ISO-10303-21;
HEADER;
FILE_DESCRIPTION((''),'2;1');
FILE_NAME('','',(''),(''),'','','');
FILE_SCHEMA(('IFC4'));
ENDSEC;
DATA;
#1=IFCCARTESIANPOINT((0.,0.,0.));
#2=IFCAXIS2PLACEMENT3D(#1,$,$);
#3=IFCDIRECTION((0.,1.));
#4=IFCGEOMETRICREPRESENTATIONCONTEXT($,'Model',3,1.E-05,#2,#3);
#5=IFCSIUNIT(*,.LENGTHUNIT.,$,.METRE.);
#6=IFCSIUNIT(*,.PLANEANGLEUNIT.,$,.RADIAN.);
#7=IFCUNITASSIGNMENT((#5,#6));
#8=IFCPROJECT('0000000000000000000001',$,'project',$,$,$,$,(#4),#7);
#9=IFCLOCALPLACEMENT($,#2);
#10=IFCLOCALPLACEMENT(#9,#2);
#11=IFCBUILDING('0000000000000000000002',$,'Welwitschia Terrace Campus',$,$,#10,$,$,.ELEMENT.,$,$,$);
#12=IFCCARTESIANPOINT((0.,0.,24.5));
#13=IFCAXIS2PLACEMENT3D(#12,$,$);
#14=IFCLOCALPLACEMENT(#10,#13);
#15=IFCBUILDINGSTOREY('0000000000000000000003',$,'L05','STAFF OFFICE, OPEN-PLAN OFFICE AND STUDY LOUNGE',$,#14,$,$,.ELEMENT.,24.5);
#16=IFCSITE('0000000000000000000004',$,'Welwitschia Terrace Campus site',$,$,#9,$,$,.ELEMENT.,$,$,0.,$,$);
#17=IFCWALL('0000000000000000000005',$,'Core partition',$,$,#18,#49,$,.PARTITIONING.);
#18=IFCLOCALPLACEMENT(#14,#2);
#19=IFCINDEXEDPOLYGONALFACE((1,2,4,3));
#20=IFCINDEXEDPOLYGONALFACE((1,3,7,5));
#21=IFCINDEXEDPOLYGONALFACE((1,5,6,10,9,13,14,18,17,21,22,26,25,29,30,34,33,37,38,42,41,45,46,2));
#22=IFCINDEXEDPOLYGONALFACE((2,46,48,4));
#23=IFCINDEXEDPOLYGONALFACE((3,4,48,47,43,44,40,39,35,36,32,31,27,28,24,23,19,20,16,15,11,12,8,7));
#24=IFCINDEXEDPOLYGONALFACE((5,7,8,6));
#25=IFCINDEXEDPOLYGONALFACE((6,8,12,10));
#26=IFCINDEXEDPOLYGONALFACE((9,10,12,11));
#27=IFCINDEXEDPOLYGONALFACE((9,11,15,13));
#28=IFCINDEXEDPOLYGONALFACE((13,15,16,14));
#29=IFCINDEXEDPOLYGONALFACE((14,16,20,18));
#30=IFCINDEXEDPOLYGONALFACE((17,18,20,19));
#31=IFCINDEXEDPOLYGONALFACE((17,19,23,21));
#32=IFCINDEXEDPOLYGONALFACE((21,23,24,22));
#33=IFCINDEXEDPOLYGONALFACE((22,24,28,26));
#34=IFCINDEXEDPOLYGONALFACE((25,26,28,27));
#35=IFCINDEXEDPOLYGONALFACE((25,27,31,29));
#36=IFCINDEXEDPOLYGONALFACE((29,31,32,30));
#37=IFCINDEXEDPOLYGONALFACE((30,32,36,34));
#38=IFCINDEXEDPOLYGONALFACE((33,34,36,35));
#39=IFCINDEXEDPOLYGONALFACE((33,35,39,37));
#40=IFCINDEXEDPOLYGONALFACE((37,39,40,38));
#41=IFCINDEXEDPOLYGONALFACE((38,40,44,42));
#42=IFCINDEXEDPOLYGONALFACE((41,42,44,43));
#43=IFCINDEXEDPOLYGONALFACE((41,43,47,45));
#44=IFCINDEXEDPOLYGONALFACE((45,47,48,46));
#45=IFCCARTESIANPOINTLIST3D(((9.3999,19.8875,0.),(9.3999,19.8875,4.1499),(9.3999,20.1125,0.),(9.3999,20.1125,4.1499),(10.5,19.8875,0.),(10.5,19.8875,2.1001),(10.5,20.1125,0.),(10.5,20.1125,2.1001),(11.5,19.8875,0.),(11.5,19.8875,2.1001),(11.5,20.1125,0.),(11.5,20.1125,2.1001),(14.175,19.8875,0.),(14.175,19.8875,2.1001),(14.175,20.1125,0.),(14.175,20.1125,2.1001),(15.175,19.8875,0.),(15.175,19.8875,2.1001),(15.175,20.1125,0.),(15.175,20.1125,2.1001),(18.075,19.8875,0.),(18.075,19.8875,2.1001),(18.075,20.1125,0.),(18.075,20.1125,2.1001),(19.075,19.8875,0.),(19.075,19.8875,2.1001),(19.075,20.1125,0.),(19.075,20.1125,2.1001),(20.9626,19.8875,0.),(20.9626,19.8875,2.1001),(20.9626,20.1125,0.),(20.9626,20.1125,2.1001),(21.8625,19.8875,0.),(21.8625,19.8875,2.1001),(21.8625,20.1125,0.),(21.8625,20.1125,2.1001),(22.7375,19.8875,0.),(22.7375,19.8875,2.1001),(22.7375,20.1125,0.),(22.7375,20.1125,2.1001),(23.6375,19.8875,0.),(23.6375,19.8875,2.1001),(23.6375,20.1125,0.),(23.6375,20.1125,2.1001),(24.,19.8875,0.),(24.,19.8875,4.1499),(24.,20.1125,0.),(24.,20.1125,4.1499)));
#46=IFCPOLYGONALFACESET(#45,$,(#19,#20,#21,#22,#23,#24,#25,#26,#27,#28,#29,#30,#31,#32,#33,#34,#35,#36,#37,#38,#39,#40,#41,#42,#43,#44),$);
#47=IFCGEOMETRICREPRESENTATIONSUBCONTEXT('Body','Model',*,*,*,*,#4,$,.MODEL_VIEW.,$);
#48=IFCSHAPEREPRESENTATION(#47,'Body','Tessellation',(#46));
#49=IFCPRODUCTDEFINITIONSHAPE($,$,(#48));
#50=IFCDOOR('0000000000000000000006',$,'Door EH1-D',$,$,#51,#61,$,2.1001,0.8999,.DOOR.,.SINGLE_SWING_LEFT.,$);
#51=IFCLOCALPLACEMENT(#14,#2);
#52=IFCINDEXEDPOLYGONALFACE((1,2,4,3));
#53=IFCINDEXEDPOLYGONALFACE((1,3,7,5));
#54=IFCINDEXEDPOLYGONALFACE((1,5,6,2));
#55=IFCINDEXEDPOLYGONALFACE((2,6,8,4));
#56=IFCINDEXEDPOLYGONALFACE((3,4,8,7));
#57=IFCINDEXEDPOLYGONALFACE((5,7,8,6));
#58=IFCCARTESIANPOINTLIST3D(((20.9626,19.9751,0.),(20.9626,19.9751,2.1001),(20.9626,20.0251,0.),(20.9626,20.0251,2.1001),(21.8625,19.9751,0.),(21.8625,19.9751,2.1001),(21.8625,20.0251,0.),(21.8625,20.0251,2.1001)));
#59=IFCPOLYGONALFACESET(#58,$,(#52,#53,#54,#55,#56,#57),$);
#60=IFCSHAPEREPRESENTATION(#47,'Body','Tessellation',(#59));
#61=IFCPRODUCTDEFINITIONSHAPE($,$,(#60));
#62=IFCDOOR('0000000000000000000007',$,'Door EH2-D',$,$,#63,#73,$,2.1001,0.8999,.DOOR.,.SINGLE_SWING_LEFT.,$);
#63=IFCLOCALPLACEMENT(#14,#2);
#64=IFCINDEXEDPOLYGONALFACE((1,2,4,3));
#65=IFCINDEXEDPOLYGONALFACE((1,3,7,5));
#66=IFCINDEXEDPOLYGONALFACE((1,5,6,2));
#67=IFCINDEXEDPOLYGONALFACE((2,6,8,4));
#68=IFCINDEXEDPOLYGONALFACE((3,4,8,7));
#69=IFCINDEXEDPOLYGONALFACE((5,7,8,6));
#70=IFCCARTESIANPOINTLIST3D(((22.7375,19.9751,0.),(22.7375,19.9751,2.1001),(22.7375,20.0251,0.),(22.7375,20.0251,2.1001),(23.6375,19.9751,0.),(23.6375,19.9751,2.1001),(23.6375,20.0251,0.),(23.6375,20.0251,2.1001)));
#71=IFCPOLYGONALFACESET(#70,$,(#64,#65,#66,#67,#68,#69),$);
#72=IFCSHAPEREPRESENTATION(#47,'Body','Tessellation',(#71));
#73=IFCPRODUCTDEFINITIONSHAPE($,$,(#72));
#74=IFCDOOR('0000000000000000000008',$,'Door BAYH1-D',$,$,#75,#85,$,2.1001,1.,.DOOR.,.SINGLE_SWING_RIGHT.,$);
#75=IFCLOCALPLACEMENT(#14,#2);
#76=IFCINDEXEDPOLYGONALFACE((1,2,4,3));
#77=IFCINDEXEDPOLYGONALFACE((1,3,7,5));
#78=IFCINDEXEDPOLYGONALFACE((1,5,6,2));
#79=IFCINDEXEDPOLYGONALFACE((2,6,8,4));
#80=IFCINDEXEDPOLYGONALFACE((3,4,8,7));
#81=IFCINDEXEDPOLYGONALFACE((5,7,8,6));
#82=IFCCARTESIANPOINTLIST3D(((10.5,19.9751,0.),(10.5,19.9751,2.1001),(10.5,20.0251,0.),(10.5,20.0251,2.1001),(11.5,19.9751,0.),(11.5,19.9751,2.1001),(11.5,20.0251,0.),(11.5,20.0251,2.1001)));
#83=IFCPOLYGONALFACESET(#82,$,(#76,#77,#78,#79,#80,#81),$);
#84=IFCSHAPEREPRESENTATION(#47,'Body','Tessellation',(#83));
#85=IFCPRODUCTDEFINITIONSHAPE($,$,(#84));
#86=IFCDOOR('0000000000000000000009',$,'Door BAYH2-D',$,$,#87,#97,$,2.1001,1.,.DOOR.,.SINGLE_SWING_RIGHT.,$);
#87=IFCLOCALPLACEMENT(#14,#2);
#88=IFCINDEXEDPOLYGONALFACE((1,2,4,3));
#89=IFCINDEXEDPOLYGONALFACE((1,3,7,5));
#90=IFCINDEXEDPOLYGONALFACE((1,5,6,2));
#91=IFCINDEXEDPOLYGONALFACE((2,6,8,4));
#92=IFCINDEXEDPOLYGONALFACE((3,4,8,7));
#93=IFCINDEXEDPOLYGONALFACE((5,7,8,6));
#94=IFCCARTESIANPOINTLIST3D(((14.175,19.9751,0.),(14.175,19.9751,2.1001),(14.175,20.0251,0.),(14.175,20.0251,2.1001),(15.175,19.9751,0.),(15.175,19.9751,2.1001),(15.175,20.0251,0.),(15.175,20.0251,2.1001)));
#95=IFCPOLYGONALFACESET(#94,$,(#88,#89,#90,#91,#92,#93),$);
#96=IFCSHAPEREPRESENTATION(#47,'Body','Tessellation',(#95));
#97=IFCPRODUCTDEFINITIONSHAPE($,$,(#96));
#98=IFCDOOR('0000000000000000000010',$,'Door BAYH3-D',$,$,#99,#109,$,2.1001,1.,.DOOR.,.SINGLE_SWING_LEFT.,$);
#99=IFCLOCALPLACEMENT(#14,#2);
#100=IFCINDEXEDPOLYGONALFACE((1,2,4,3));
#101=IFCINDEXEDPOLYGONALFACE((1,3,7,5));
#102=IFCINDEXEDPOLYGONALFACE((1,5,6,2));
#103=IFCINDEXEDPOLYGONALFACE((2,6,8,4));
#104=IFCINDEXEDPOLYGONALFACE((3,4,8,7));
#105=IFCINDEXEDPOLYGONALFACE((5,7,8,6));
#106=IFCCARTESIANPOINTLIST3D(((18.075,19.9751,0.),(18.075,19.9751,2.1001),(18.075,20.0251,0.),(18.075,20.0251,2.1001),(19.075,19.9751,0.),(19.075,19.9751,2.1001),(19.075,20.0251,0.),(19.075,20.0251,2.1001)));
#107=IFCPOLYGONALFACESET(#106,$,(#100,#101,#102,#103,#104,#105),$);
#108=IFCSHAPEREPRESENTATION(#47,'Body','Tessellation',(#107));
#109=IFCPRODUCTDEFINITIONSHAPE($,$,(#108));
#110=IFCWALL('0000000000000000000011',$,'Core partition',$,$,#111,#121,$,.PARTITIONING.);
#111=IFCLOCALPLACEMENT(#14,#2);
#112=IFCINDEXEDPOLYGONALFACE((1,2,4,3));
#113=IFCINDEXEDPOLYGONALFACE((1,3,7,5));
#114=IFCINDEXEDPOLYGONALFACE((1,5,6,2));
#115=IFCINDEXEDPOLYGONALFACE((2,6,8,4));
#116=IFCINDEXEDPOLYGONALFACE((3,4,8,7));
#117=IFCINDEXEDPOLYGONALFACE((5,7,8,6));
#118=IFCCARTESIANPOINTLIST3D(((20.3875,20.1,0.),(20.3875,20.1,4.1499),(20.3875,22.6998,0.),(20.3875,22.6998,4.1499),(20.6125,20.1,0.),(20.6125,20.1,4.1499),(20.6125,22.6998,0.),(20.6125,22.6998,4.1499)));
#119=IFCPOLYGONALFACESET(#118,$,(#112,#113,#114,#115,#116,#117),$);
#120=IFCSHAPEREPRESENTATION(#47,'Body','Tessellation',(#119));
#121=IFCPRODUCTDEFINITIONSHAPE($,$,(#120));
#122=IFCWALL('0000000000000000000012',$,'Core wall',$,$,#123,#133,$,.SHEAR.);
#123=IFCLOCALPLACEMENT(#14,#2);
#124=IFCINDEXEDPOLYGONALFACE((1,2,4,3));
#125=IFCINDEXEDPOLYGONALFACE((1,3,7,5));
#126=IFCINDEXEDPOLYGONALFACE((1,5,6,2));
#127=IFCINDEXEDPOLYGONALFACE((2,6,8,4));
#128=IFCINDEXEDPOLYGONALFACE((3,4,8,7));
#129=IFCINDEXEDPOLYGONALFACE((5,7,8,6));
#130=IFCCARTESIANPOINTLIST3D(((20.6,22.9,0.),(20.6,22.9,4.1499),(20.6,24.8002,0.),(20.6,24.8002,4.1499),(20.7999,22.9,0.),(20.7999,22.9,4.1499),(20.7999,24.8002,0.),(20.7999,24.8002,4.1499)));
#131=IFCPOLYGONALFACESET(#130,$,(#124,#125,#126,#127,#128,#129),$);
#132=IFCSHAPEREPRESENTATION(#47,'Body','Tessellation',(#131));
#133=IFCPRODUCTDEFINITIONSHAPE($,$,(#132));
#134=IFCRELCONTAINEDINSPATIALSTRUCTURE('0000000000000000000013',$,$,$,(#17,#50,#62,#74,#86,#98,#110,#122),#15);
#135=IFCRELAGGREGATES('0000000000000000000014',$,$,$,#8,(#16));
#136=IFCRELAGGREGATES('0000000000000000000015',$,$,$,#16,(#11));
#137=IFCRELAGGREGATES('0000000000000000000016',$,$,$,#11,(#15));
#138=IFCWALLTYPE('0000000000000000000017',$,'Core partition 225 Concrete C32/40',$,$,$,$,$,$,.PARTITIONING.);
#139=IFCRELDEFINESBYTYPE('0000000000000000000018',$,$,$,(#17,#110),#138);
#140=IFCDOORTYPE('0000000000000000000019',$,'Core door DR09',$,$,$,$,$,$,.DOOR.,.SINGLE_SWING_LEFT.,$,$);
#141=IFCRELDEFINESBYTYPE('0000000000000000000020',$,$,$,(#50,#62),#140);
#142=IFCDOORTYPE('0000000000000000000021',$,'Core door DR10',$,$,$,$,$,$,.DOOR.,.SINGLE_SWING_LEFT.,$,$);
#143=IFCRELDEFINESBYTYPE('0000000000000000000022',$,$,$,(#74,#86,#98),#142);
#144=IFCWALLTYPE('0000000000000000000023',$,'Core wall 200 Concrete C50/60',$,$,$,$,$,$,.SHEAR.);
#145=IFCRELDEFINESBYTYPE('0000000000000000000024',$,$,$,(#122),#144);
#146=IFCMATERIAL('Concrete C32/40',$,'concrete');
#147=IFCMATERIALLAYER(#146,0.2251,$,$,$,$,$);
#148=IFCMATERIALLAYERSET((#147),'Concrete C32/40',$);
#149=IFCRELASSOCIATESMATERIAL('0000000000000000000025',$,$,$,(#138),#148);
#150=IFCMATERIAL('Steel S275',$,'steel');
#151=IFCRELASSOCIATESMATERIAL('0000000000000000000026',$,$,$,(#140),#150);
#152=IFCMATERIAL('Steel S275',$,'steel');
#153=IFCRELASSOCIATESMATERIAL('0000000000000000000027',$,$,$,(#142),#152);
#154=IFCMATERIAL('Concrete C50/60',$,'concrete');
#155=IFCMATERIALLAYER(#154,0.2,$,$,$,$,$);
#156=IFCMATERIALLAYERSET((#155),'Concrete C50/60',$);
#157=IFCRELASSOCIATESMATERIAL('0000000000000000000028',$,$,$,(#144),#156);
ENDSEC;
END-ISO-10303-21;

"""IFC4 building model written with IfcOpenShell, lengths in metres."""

from ifc_helpers import new_model, si_unit, direction, frame, frame_2d, origin, place, context, subcontext, project, spatial, rectangle, extrude, material, layer, layer_set, type_object, element, fill, save


model = new_model("IFC4")

# Units and contexts
model_context = context("Model", 3, precision=1e-05, world=origin(), true_north=direction((0.0, 1.0)))
body_context = subcontext(model_context, "Body", "Model", "MODEL_VIEW")
ifc_project = project(units=[si_unit("LENGTHUNIT", "METRE"), si_unit("PLANEANGLEUNIT", "RADIAN")], contexts=[model_context])

# Site, building, storey
site_placement = place(None, origin())
site = spatial("IfcSite", under=ifc_project, at=site_placement, Name="Welwitschia Terrace Campus site", CompositionType="ELEMENT", RefElevation=0.0)
building_placement = place(site_placement, origin())
building = spatial("IfcBuilding", under=site, at=building_placement, Name="Welwitschia Terrace Campus", CompositionType="ELEMENT")
storey_placement = place(building_placement, frame((0.0, 0.0, 24.5)))
storey = spatial("IfcBuildingStorey", under=building, at=storey_placement, Name="L05", Description="STAFF OFFICE, OPEN-PLAN OFFICE AND STUDY LOUNGE", CompositionType="ELEMENT", Elevation=24.5)

# Wall, openings, doors
ifc_material_1 = material(Name="Concrete C32/40", Category="concrete")
ifc_layer_1 = layer(ifc_material_1, 0.2251)
ifc_layer_set_1 = layer_set([ifc_layer_1], Name="Concrete C32/40")
wall_type_1 = type_object("IfcWallType", Name="Core partition 225 Concrete C32/40", PredefinedType="PARTITIONING", material=ifc_layer_set_1)
wall_1_placement = place(storey_placement, frame((24.0, 20.0, 0.0), z_axis=(0.0, 0.0, 1.0), x_axis=(-1.0, 0.0, 0.0)))
wall_1 = element("IfcWall", 1, at=wall_1_placement, inside=storey, type_object=wall_type_1, Name="Core partition", PredefinedType="PARTITIONING", context=body_context, shape_type="SweptSolid", body=[
    extrude(rectangle(XDim=14.6001, YDim=0.2251, at=frame_2d((7.3, 0.0))), origin(), (0.0, 0.0, 1.0), 4.1499),
])
opening_1_placement = place(wall_1_placement, frame((12.5, 0.0, 0.0)))
opening_1 = element("IfcOpeningElement", 2, at=opening_1_placement, cuts=wall_1, PredefinedType="OPENING", context=body_context, shape_type="SweptSolid", body=[
    extrude(rectangle(XDim=1.0, YDim=2.1001, at=frame_2d((0.5, 1.05))), frame((0.0, 0.1226, 0.0), z_axis=(0.0, -1.0, 0.0), x_axis=(1.0, 0.0, 0.0)), (0.0, 0.0, 1.0), 0.2451),
])
opening_2_placement = place(wall_1_placement, frame((8.825, 0.0, 0.0)))
opening_2 = element("IfcOpeningElement", 3, at=opening_2_placement, cuts=wall_1, PredefinedType="OPENING", context=body_context, shape_type="SweptSolid", body=[
    extrude(rectangle(XDim=1.0, YDim=2.1001, at=frame_2d((0.5, 1.05))), frame((0.0, 0.1226, 0.0), z_axis=(0.0, -1.0, 0.0), x_axis=(1.0, 0.0, 0.0)), (0.0, 0.0, 1.0), 0.2451),
])
opening_3_placement = place(wall_1_placement, frame((4.925, 0.0, 0.0)))
opening_3 = element("IfcOpeningElement", 4, at=opening_3_placement, cuts=wall_1, PredefinedType="OPENING", context=body_context, shape_type="SweptSolid", body=[
    extrude(rectangle(XDim=1.0, YDim=2.1001, at=frame_2d((0.5, 1.05))), frame((0.0, 0.1226, 0.0), z_axis=(0.0, -1.0, 0.0), x_axis=(1.0, 0.0, 0.0)), (0.0, 0.0, 1.0), 0.2451),
])
opening_4_placement = place(wall_1_placement, frame((2.1375, 0.0, 0.0)))
opening_4 = element("IfcOpeningElement", 5, at=opening_4_placement, cuts=wall_1, PredefinedType="OPENING", context=body_context, shape_type="SweptSolid", body=[
    extrude(rectangle(XDim=0.8999, YDim=2.1001, at=frame_2d((0.45, 1.05))), frame((0.0, 0.1226, 0.0), z_axis=(0.0, -1.0, 0.0), x_axis=(1.0, 0.0, 0.0)), (0.0, 0.0, 1.0), 0.2451),
])
opening_5_placement = place(wall_1_placement, frame((0.3625, 0.0, 0.0)))
opening_5 = element("IfcOpeningElement", 6, at=opening_5_placement, cuts=wall_1, PredefinedType="OPENING", context=body_context, shape_type="SweptSolid", body=[
    extrude(rectangle(XDim=0.8999, YDim=2.1001, at=frame_2d((0.45, 1.05))), frame((0.0, 0.1226, 0.0), z_axis=(0.0, -1.0, 0.0), x_axis=(1.0, 0.0, 0.0)), (0.0, 0.0, 1.0), 0.2451),
])
ifc_material_2 = material(Name="Steel S275", Category="steel")
door_type_1 = type_object("IfcDoorType", Name="Core door DR09", OperationType="SINGLE_SWING_LEFT", PredefinedType="DOOR", material=ifc_material_2)
door_1_placement = place(opening_4_placement, origin())
door_1 = element("IfcDoor", 7, at=door_1_placement, inside=storey, type_object=door_type_1, Name="Door EH1-D", OperationType="SINGLE_SWING_LEFT", OverallHeight=2.1001, OverallWidth=0.8999, PredefinedType="DOOR", context=body_context, shape_type="SweptSolid", body=[
    extrude(rectangle(XDim=0.8999, YDim=2.1001, at=frame_2d((0.45, 1.05))), frame((0.0, 0.0249, 0.0), z_axis=(0.0, -1.0, 0.0), x_axis=(1.0, 0.0, 0.0)), (0.0, 0.0, 1.0), 0.05),
])
fill(opening_4, door_1)
door_2_placement = place(opening_5_placement, origin())
door_2 = element("IfcDoor", 8, at=door_2_placement, inside=storey, type_object=door_type_1, Name="Door EH2-D", OperationType="SINGLE_SWING_LEFT", OverallHeight=2.1001, OverallWidth=0.8999, PredefinedType="DOOR", context=body_context, shape_type="SweptSolid", body=[
    extrude(rectangle(XDim=0.8999, YDim=2.1001, at=frame_2d((0.45, 1.05))), frame((0.0, 0.0249, 0.0), z_axis=(0.0, -1.0, 0.0), x_axis=(1.0, 0.0, 0.0)), (0.0, 0.0, 1.0), 0.05),
])
fill(opening_5, door_2)
ifc_material_3 = material(Name="Steel S275", Category="steel")
door_type_2 = type_object("IfcDoorType", Name="Core door DR10", OperationType="SINGLE_SWING_LEFT", PredefinedType="DOOR", material=ifc_material_3)
door_3_placement = place(opening_1_placement, origin())
door_3 = element("IfcDoor", 9, at=door_3_placement, inside=storey, type_object=door_type_2, Name="Door BAYH1-D", OperationType="SINGLE_SWING_RIGHT", OverallHeight=2.1001, OverallWidth=1.0, PredefinedType="DOOR", context=body_context, shape_type="SweptSolid", body=[
    extrude(rectangle(XDim=1.0, YDim=2.1001, at=frame_2d((0.5, 1.05))), frame((0.0, 0.0249, 0.0), z_axis=(0.0, -1.0, 0.0), x_axis=(1.0, 0.0, 0.0)), (0.0, 0.0, 1.0), 0.05),
])
fill(opening_1, door_3)
door_4_placement = place(opening_2_placement, origin())
door_4 = element("IfcDoor", 10, at=door_4_placement, inside=storey, type_object=door_type_2, Name="Door BAYH2-D", OperationType="SINGLE_SWING_RIGHT", OverallHeight=2.1001, OverallWidth=1.0, PredefinedType="DOOR", context=body_context, shape_type="SweptSolid", body=[
    extrude(rectangle(XDim=1.0, YDim=2.1001, at=frame_2d((0.5, 1.05))), frame((0.0, 0.0249, 0.0), z_axis=(0.0, -1.0, 0.0), x_axis=(1.0, 0.0, 0.0)), (0.0, 0.0, 1.0), 0.05),
])
fill(opening_2, door_4)
door_5_placement = place(opening_3_placement, origin())
door_5 = element("IfcDoor", 11, at=door_5_placement, inside=storey, type_object=door_type_2, Name="Door BAYH3-D", OperationType="SINGLE_SWING_LEFT", OverallHeight=2.1001, OverallWidth=1.0, PredefinedType="DOOR", context=body_context, shape_type="SweptSolid", body=[
    extrude(rectangle(XDim=1.0, YDim=2.1001, at=frame_2d((0.5, 1.05))), frame((0.0, 0.0249, 0.0), z_axis=(0.0, -1.0, 0.0), x_axis=(1.0, 0.0, 0.0)), (0.0, 0.0, 1.0), 0.05),
])
fill(opening_3, door_5)

# Walls
wall_2_placement = place(storey_placement, frame((20.5, 20.1001, 0.0), z_axis=(0.0, 0.0, 1.0), x_axis=(0.0, 1.0, 0.0)))
element("IfcWall", 12, at=wall_2_placement, inside=storey, type_object=wall_type_1, Name="Core partition", PredefinedType="PARTITIONING", context=body_context, shape_type="SweptSolid", body=[
    extrude(rectangle(XDim=2.5999, YDim=0.2251, at=frame_2d((1.2998, 0.0))), origin(), (0.0, 0.0, 1.0), 4.1499),
])
ifc_material_4 = material(Name="Concrete C50/60", Category="concrete")
ifc_layer_2 = layer(ifc_material_4, 0.2)
ifc_layer_set_2 = layer_set([ifc_layer_2], Name="Concrete C50/60")
wall_type_2 = type_object("IfcWallType", Name="Core wall 200 Concrete C50/60", PredefinedType="SHEAR", material=ifc_layer_set_2)
wall_3_placement = place(storey_placement, frame((20.7, 22.8999, 0.0), z_axis=(0.0, 0.0, 1.0), x_axis=(0.0, 1.0, 0.0)))
element("IfcWall", 13, at=wall_3_placement, inside=storey, type_object=wall_type_2, Name="Core wall", PredefinedType="SHEAR", context=body_context, shape_type="SweptSolid", body=[
    extrude(rectangle(XDim=1.9001, YDim=0.2, at=frame_2d((0.9502, 0.0))), origin(), (0.0, 0.0, 1.0), 4.1499),
])

save(model, "model.ifc")
